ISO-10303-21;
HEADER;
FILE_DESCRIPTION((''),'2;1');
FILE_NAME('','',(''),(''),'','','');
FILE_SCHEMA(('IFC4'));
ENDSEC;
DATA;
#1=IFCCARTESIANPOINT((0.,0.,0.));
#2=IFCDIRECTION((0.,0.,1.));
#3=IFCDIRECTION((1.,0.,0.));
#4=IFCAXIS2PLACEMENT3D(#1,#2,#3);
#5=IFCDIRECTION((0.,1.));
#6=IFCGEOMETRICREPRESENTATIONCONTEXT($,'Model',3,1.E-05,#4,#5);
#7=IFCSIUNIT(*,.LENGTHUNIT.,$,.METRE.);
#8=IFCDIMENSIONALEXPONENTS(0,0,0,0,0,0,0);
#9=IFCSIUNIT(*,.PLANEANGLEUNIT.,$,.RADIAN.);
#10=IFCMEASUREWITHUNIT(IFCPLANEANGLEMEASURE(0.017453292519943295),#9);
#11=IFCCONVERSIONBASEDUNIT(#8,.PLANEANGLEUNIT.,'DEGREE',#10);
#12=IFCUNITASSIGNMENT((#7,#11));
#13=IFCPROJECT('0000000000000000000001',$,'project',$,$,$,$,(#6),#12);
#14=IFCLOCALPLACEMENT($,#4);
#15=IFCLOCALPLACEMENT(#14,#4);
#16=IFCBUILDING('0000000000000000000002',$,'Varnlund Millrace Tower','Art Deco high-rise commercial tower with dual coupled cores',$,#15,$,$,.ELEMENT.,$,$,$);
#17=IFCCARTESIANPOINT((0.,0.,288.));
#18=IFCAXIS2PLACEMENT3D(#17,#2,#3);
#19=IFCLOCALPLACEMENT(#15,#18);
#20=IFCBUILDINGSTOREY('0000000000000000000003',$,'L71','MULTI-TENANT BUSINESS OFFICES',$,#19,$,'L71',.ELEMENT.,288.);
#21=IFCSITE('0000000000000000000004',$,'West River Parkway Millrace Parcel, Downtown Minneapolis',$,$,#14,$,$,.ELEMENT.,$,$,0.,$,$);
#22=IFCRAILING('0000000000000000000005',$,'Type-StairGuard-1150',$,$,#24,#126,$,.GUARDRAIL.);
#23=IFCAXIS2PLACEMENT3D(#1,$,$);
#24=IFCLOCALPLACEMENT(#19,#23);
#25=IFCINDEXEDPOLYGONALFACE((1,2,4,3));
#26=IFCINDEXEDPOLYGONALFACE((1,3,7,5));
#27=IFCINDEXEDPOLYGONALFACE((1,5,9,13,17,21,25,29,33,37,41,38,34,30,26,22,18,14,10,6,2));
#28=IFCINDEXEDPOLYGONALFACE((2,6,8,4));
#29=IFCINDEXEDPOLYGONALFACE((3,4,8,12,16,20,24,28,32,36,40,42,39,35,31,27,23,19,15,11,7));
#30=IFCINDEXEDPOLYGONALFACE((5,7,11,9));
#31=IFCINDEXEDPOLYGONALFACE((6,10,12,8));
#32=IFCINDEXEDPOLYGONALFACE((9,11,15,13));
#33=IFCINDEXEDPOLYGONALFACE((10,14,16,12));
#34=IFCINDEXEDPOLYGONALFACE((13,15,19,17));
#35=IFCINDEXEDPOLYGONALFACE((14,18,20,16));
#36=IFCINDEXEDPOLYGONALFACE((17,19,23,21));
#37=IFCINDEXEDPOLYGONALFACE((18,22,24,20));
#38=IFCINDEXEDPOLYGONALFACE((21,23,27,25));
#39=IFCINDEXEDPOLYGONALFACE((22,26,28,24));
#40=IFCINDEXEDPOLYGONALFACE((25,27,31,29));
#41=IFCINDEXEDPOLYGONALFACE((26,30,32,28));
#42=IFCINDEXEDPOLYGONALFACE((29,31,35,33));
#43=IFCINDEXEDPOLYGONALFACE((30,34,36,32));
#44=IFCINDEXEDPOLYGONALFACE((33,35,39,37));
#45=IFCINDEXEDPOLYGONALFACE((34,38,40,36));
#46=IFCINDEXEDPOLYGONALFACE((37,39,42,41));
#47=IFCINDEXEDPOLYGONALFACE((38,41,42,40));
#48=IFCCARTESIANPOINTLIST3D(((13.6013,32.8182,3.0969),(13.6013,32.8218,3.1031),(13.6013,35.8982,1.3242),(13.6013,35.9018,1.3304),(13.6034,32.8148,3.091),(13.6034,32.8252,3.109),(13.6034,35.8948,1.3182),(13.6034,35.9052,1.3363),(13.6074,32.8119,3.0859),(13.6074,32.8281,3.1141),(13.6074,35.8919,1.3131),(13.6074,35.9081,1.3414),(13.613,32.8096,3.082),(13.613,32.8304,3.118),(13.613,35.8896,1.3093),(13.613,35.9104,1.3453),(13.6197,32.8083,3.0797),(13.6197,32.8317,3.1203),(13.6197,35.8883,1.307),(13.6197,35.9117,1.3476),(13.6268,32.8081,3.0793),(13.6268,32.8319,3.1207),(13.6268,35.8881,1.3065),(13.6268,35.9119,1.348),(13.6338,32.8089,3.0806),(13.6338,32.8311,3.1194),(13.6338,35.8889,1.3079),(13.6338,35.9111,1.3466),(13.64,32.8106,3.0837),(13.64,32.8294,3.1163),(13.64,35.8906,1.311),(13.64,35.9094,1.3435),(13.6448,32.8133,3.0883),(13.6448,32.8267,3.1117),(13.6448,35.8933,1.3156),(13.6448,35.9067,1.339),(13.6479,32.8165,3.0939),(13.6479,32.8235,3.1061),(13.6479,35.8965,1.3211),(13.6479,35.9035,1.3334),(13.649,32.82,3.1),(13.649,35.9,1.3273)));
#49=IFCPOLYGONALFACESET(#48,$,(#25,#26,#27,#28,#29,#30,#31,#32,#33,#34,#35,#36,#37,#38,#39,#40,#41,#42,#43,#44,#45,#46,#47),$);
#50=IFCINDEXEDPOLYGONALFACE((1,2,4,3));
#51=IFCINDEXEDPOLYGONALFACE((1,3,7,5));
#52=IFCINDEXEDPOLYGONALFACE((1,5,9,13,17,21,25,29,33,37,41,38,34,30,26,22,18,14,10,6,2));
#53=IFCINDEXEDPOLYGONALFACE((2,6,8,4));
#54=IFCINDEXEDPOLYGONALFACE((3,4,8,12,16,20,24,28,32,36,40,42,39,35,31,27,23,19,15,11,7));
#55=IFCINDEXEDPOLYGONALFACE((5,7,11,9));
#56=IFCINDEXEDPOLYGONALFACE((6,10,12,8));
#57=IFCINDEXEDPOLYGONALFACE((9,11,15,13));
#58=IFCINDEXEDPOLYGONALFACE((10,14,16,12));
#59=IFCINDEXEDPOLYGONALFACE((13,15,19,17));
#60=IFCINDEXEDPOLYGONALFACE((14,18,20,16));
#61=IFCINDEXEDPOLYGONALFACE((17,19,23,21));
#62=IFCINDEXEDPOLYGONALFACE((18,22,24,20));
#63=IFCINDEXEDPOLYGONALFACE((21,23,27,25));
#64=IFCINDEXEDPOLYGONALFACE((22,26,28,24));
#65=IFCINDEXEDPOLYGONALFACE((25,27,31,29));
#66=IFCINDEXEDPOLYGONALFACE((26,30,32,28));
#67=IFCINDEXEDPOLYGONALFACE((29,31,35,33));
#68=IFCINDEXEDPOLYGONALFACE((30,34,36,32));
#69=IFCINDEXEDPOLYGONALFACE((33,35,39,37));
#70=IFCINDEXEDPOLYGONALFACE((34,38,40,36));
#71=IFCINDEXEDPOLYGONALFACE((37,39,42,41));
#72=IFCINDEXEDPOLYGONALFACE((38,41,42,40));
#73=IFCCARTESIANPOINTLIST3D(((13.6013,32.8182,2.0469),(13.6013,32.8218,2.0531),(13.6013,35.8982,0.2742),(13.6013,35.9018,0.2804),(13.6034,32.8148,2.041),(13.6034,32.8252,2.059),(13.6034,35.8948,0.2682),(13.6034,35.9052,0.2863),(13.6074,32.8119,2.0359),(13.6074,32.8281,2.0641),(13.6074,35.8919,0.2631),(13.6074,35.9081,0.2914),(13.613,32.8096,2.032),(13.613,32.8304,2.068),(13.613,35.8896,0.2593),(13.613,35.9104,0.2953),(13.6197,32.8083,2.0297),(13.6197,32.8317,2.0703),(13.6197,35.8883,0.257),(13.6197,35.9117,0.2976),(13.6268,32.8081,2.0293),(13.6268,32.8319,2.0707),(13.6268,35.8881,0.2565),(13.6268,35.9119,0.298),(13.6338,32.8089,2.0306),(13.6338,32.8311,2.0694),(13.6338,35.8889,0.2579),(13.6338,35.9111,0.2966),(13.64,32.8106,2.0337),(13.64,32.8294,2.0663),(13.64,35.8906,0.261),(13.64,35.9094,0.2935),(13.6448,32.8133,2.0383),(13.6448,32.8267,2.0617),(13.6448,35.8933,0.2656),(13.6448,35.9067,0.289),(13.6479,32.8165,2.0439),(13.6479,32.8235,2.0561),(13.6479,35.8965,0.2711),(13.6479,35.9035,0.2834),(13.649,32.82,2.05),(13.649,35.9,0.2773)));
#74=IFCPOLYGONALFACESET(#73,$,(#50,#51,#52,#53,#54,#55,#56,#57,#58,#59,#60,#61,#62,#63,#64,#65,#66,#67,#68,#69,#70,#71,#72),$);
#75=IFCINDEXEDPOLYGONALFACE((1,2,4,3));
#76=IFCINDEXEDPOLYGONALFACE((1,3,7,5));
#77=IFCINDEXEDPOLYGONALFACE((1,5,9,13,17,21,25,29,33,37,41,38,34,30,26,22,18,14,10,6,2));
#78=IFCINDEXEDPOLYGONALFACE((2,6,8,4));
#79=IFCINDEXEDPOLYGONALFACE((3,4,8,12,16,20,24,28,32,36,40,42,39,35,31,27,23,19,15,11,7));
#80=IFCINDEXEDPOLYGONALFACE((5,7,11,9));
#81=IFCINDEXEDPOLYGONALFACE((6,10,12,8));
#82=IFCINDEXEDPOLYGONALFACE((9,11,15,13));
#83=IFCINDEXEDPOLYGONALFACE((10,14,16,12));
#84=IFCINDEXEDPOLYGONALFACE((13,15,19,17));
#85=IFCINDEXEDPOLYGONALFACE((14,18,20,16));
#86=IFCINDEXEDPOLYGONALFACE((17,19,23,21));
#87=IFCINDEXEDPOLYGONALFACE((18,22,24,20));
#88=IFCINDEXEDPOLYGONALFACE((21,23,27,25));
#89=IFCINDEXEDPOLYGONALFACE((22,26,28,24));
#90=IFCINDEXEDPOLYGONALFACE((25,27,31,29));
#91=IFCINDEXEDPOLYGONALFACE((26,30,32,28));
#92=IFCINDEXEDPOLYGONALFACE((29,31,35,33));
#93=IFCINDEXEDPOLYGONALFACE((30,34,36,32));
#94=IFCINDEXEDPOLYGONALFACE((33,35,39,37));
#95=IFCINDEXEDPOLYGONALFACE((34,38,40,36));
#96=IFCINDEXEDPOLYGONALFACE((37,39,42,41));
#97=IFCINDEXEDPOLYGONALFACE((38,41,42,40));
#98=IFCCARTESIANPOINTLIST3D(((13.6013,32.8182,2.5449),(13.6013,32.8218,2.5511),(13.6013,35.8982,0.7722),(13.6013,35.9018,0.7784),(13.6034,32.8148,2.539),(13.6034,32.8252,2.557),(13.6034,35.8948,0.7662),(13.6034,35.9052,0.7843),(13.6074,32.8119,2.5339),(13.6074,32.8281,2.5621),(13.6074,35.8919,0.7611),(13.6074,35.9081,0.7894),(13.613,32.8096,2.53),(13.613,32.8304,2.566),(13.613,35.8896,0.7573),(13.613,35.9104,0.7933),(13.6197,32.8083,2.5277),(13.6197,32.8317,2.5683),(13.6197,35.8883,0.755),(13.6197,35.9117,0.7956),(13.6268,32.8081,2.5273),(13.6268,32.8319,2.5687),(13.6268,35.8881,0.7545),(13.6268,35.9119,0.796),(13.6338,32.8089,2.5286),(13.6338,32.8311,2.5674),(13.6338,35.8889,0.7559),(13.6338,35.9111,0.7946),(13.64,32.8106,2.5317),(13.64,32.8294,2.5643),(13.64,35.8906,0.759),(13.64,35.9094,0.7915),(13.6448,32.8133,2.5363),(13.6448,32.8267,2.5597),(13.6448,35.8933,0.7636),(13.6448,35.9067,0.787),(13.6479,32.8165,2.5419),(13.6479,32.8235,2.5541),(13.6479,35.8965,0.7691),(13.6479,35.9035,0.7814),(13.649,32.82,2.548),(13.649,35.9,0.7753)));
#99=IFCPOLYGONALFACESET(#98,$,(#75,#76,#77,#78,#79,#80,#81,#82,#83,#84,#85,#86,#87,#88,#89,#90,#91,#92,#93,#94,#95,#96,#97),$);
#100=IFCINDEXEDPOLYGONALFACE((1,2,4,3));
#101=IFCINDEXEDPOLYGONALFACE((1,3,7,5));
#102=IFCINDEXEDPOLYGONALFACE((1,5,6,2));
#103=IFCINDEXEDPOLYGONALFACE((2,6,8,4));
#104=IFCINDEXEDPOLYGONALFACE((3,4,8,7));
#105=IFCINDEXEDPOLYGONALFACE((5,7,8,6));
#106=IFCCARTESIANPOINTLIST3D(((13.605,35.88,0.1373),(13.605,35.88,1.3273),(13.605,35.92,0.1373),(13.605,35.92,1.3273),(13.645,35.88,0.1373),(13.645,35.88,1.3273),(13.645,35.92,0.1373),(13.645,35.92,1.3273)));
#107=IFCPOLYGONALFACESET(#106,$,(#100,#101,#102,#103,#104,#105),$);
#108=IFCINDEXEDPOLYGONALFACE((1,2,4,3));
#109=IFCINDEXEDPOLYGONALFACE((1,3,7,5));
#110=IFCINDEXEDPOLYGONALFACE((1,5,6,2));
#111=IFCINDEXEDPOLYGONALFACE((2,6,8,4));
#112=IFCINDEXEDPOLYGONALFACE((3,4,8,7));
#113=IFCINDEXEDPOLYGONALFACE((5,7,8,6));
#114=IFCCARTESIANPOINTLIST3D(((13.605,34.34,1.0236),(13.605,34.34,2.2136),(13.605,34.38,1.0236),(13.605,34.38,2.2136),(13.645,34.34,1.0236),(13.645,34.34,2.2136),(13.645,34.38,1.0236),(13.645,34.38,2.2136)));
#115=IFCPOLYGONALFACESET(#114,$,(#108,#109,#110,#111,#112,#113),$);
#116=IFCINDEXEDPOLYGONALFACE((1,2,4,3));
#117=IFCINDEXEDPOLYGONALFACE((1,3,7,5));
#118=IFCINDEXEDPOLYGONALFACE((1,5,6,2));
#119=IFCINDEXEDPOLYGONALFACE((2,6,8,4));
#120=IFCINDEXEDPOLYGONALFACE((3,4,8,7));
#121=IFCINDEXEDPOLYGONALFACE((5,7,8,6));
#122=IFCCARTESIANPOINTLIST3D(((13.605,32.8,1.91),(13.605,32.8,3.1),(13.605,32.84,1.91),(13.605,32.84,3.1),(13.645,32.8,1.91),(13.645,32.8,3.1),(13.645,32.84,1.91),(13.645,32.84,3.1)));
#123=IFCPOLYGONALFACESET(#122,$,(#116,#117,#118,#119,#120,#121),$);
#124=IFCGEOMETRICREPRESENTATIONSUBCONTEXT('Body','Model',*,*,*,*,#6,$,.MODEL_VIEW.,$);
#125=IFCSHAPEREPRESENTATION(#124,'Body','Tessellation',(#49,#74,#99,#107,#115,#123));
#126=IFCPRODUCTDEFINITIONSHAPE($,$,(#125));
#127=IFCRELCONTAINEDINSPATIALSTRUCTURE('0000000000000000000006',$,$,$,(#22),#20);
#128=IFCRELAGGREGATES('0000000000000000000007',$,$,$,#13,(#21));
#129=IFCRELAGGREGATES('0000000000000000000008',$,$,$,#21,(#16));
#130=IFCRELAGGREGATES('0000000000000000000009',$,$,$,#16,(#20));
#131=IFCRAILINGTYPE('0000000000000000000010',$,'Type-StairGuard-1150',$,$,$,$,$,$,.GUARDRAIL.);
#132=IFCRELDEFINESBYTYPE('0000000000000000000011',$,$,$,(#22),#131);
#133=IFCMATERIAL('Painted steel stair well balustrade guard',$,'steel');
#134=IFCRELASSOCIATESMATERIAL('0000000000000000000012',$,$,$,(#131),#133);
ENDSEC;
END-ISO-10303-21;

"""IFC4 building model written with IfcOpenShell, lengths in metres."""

from ifc_helpers import new_model, entity, si_unit, converted_unit, direction, frame, origin_with_axes, origin_2d_with_axis, place, context, subcontext, project, spatial, rectangle, circle, extrude, material, type_object, element, save


model = new_model("IFC4")

# Units and contexts
model_context = context("Model", 3, precision=1e-05, world=origin_with_axes(), true_north=direction((0.0, 1.0)))
body_context = subcontext(model_context, "Body", "Model", "MODEL_VIEW")
ifc_project = project(units=[si_unit("LENGTHUNIT", "METRE"), converted_unit("PLANEANGLEUNIT", "DEGREE", entity("IfcPlaneAngleMeasure", 0.017453292519943295), si_unit("PLANEANGLEUNIT", "RADIAN"), dimensions=[0, 0, 0, 0, 0, 0, 0])], contexts=[model_context])

# Site, building, storey
site_placement = place(None, origin_with_axes())
site = spatial("IfcSite", under=ifc_project, at=site_placement, Name="West River Parkway Millrace Parcel, Downtown Minneapolis", CompositionType="ELEMENT", RefElevation=0.0)
building_placement = place(site_placement, origin_with_axes())
building = spatial("IfcBuilding", under=site, at=building_placement, Name="Varnlund Millrace Tower", Description="Art Deco high-rise commercial tower with dual coupled cores", CompositionType="ELEMENT")
storey_placement = place(building_placement, frame((0.0, 0.0, 288.0), z_axis=(0.0, 0.0, 1.0), x_axis=(1.0, 0.0, 0.0)))
storey = spatial("IfcBuildingStorey", under=building, at=storey_placement, Name="L71", Description="MULTI-TENANT BUSINESS OFFICES", LongName="L71", CompositionType="ELEMENT", Elevation=288.0)

# Railing
ifc_material_1 = material(Name="Painted steel stair well balustrade guard", Category="steel")
railing_type_1 = type_object("IfcRailingType", Name="Type-StairGuard-1150", PredefinedType="GUARDRAIL", material=ifc_material_1)
railing_1_placement = place(storey_placement, frame((0.0, 0.0, -288.0), z_axis=(0.0, 0.0, 1.0), x_axis=(1.0, 0.0, 0.0)))
element("IfcRailing", 1, at=railing_1_placement, inside=storey, type_object=railing_type_1, Name="Type-StairGuard-1150", PredefinedType="GUARDRAIL", context=body_context, shape_type="SweptSolid", body=[
    extrude(circle(Radius=0.024, at=origin_2d_with_axis()), frame((13.625, 35.9, 289.3273), z_axis=(0.0, -0.866696, 0.498836), x_axis=(1.0, 0.0, 0.0)), (0.0, 0.0, 1.0), 3.5537),
    extrude(circle(Radius=0.024, at=origin_2d_with_axis()), frame((13.625, 35.9, 288.2773), z_axis=(0.0, -0.866696, 0.498836), x_axis=(1.0, 0.0, 0.0)), (0.0, 0.0, 1.0), 3.5537),
    extrude(circle(Radius=0.024, at=origin_2d_with_axis()), frame((13.625, 35.9, 288.7753), z_axis=(0.0, -0.866696, 0.498836), x_axis=(1.0, 0.0, 0.0)), (0.0, 0.0, 1.0), 3.5537),
    extrude(rectangle(XDim=0.04, YDim=0.04, at=origin_2d_with_axis()), frame((13.625, 35.9, 288.1373), z_axis=(0.0, 0.0, 1.0), x_axis=(1.0, 0.0, 0.0)), (0.0, 0.0, 1.0), 1.19),
    extrude(rectangle(XDim=0.04, YDim=0.04, at=origin_2d_with_axis()), frame((13.625, 34.36, 289.0236), z_axis=(0.0, 0.0, 1.0), x_axis=(1.0, 0.0, 0.0)), (0.0, 0.0, 1.0), 1.19),
    extrude(rectangle(XDim=0.04, YDim=0.04, at=origin_2d_with_axis()), frame((13.625, 32.82, 289.91), z_axis=(0.0, 0.0, 1.0), x_axis=(1.0, 0.0, 0.0)), (0.0, 0.0, 1.0), 1.19),
])

save(model, "model.ifc")
